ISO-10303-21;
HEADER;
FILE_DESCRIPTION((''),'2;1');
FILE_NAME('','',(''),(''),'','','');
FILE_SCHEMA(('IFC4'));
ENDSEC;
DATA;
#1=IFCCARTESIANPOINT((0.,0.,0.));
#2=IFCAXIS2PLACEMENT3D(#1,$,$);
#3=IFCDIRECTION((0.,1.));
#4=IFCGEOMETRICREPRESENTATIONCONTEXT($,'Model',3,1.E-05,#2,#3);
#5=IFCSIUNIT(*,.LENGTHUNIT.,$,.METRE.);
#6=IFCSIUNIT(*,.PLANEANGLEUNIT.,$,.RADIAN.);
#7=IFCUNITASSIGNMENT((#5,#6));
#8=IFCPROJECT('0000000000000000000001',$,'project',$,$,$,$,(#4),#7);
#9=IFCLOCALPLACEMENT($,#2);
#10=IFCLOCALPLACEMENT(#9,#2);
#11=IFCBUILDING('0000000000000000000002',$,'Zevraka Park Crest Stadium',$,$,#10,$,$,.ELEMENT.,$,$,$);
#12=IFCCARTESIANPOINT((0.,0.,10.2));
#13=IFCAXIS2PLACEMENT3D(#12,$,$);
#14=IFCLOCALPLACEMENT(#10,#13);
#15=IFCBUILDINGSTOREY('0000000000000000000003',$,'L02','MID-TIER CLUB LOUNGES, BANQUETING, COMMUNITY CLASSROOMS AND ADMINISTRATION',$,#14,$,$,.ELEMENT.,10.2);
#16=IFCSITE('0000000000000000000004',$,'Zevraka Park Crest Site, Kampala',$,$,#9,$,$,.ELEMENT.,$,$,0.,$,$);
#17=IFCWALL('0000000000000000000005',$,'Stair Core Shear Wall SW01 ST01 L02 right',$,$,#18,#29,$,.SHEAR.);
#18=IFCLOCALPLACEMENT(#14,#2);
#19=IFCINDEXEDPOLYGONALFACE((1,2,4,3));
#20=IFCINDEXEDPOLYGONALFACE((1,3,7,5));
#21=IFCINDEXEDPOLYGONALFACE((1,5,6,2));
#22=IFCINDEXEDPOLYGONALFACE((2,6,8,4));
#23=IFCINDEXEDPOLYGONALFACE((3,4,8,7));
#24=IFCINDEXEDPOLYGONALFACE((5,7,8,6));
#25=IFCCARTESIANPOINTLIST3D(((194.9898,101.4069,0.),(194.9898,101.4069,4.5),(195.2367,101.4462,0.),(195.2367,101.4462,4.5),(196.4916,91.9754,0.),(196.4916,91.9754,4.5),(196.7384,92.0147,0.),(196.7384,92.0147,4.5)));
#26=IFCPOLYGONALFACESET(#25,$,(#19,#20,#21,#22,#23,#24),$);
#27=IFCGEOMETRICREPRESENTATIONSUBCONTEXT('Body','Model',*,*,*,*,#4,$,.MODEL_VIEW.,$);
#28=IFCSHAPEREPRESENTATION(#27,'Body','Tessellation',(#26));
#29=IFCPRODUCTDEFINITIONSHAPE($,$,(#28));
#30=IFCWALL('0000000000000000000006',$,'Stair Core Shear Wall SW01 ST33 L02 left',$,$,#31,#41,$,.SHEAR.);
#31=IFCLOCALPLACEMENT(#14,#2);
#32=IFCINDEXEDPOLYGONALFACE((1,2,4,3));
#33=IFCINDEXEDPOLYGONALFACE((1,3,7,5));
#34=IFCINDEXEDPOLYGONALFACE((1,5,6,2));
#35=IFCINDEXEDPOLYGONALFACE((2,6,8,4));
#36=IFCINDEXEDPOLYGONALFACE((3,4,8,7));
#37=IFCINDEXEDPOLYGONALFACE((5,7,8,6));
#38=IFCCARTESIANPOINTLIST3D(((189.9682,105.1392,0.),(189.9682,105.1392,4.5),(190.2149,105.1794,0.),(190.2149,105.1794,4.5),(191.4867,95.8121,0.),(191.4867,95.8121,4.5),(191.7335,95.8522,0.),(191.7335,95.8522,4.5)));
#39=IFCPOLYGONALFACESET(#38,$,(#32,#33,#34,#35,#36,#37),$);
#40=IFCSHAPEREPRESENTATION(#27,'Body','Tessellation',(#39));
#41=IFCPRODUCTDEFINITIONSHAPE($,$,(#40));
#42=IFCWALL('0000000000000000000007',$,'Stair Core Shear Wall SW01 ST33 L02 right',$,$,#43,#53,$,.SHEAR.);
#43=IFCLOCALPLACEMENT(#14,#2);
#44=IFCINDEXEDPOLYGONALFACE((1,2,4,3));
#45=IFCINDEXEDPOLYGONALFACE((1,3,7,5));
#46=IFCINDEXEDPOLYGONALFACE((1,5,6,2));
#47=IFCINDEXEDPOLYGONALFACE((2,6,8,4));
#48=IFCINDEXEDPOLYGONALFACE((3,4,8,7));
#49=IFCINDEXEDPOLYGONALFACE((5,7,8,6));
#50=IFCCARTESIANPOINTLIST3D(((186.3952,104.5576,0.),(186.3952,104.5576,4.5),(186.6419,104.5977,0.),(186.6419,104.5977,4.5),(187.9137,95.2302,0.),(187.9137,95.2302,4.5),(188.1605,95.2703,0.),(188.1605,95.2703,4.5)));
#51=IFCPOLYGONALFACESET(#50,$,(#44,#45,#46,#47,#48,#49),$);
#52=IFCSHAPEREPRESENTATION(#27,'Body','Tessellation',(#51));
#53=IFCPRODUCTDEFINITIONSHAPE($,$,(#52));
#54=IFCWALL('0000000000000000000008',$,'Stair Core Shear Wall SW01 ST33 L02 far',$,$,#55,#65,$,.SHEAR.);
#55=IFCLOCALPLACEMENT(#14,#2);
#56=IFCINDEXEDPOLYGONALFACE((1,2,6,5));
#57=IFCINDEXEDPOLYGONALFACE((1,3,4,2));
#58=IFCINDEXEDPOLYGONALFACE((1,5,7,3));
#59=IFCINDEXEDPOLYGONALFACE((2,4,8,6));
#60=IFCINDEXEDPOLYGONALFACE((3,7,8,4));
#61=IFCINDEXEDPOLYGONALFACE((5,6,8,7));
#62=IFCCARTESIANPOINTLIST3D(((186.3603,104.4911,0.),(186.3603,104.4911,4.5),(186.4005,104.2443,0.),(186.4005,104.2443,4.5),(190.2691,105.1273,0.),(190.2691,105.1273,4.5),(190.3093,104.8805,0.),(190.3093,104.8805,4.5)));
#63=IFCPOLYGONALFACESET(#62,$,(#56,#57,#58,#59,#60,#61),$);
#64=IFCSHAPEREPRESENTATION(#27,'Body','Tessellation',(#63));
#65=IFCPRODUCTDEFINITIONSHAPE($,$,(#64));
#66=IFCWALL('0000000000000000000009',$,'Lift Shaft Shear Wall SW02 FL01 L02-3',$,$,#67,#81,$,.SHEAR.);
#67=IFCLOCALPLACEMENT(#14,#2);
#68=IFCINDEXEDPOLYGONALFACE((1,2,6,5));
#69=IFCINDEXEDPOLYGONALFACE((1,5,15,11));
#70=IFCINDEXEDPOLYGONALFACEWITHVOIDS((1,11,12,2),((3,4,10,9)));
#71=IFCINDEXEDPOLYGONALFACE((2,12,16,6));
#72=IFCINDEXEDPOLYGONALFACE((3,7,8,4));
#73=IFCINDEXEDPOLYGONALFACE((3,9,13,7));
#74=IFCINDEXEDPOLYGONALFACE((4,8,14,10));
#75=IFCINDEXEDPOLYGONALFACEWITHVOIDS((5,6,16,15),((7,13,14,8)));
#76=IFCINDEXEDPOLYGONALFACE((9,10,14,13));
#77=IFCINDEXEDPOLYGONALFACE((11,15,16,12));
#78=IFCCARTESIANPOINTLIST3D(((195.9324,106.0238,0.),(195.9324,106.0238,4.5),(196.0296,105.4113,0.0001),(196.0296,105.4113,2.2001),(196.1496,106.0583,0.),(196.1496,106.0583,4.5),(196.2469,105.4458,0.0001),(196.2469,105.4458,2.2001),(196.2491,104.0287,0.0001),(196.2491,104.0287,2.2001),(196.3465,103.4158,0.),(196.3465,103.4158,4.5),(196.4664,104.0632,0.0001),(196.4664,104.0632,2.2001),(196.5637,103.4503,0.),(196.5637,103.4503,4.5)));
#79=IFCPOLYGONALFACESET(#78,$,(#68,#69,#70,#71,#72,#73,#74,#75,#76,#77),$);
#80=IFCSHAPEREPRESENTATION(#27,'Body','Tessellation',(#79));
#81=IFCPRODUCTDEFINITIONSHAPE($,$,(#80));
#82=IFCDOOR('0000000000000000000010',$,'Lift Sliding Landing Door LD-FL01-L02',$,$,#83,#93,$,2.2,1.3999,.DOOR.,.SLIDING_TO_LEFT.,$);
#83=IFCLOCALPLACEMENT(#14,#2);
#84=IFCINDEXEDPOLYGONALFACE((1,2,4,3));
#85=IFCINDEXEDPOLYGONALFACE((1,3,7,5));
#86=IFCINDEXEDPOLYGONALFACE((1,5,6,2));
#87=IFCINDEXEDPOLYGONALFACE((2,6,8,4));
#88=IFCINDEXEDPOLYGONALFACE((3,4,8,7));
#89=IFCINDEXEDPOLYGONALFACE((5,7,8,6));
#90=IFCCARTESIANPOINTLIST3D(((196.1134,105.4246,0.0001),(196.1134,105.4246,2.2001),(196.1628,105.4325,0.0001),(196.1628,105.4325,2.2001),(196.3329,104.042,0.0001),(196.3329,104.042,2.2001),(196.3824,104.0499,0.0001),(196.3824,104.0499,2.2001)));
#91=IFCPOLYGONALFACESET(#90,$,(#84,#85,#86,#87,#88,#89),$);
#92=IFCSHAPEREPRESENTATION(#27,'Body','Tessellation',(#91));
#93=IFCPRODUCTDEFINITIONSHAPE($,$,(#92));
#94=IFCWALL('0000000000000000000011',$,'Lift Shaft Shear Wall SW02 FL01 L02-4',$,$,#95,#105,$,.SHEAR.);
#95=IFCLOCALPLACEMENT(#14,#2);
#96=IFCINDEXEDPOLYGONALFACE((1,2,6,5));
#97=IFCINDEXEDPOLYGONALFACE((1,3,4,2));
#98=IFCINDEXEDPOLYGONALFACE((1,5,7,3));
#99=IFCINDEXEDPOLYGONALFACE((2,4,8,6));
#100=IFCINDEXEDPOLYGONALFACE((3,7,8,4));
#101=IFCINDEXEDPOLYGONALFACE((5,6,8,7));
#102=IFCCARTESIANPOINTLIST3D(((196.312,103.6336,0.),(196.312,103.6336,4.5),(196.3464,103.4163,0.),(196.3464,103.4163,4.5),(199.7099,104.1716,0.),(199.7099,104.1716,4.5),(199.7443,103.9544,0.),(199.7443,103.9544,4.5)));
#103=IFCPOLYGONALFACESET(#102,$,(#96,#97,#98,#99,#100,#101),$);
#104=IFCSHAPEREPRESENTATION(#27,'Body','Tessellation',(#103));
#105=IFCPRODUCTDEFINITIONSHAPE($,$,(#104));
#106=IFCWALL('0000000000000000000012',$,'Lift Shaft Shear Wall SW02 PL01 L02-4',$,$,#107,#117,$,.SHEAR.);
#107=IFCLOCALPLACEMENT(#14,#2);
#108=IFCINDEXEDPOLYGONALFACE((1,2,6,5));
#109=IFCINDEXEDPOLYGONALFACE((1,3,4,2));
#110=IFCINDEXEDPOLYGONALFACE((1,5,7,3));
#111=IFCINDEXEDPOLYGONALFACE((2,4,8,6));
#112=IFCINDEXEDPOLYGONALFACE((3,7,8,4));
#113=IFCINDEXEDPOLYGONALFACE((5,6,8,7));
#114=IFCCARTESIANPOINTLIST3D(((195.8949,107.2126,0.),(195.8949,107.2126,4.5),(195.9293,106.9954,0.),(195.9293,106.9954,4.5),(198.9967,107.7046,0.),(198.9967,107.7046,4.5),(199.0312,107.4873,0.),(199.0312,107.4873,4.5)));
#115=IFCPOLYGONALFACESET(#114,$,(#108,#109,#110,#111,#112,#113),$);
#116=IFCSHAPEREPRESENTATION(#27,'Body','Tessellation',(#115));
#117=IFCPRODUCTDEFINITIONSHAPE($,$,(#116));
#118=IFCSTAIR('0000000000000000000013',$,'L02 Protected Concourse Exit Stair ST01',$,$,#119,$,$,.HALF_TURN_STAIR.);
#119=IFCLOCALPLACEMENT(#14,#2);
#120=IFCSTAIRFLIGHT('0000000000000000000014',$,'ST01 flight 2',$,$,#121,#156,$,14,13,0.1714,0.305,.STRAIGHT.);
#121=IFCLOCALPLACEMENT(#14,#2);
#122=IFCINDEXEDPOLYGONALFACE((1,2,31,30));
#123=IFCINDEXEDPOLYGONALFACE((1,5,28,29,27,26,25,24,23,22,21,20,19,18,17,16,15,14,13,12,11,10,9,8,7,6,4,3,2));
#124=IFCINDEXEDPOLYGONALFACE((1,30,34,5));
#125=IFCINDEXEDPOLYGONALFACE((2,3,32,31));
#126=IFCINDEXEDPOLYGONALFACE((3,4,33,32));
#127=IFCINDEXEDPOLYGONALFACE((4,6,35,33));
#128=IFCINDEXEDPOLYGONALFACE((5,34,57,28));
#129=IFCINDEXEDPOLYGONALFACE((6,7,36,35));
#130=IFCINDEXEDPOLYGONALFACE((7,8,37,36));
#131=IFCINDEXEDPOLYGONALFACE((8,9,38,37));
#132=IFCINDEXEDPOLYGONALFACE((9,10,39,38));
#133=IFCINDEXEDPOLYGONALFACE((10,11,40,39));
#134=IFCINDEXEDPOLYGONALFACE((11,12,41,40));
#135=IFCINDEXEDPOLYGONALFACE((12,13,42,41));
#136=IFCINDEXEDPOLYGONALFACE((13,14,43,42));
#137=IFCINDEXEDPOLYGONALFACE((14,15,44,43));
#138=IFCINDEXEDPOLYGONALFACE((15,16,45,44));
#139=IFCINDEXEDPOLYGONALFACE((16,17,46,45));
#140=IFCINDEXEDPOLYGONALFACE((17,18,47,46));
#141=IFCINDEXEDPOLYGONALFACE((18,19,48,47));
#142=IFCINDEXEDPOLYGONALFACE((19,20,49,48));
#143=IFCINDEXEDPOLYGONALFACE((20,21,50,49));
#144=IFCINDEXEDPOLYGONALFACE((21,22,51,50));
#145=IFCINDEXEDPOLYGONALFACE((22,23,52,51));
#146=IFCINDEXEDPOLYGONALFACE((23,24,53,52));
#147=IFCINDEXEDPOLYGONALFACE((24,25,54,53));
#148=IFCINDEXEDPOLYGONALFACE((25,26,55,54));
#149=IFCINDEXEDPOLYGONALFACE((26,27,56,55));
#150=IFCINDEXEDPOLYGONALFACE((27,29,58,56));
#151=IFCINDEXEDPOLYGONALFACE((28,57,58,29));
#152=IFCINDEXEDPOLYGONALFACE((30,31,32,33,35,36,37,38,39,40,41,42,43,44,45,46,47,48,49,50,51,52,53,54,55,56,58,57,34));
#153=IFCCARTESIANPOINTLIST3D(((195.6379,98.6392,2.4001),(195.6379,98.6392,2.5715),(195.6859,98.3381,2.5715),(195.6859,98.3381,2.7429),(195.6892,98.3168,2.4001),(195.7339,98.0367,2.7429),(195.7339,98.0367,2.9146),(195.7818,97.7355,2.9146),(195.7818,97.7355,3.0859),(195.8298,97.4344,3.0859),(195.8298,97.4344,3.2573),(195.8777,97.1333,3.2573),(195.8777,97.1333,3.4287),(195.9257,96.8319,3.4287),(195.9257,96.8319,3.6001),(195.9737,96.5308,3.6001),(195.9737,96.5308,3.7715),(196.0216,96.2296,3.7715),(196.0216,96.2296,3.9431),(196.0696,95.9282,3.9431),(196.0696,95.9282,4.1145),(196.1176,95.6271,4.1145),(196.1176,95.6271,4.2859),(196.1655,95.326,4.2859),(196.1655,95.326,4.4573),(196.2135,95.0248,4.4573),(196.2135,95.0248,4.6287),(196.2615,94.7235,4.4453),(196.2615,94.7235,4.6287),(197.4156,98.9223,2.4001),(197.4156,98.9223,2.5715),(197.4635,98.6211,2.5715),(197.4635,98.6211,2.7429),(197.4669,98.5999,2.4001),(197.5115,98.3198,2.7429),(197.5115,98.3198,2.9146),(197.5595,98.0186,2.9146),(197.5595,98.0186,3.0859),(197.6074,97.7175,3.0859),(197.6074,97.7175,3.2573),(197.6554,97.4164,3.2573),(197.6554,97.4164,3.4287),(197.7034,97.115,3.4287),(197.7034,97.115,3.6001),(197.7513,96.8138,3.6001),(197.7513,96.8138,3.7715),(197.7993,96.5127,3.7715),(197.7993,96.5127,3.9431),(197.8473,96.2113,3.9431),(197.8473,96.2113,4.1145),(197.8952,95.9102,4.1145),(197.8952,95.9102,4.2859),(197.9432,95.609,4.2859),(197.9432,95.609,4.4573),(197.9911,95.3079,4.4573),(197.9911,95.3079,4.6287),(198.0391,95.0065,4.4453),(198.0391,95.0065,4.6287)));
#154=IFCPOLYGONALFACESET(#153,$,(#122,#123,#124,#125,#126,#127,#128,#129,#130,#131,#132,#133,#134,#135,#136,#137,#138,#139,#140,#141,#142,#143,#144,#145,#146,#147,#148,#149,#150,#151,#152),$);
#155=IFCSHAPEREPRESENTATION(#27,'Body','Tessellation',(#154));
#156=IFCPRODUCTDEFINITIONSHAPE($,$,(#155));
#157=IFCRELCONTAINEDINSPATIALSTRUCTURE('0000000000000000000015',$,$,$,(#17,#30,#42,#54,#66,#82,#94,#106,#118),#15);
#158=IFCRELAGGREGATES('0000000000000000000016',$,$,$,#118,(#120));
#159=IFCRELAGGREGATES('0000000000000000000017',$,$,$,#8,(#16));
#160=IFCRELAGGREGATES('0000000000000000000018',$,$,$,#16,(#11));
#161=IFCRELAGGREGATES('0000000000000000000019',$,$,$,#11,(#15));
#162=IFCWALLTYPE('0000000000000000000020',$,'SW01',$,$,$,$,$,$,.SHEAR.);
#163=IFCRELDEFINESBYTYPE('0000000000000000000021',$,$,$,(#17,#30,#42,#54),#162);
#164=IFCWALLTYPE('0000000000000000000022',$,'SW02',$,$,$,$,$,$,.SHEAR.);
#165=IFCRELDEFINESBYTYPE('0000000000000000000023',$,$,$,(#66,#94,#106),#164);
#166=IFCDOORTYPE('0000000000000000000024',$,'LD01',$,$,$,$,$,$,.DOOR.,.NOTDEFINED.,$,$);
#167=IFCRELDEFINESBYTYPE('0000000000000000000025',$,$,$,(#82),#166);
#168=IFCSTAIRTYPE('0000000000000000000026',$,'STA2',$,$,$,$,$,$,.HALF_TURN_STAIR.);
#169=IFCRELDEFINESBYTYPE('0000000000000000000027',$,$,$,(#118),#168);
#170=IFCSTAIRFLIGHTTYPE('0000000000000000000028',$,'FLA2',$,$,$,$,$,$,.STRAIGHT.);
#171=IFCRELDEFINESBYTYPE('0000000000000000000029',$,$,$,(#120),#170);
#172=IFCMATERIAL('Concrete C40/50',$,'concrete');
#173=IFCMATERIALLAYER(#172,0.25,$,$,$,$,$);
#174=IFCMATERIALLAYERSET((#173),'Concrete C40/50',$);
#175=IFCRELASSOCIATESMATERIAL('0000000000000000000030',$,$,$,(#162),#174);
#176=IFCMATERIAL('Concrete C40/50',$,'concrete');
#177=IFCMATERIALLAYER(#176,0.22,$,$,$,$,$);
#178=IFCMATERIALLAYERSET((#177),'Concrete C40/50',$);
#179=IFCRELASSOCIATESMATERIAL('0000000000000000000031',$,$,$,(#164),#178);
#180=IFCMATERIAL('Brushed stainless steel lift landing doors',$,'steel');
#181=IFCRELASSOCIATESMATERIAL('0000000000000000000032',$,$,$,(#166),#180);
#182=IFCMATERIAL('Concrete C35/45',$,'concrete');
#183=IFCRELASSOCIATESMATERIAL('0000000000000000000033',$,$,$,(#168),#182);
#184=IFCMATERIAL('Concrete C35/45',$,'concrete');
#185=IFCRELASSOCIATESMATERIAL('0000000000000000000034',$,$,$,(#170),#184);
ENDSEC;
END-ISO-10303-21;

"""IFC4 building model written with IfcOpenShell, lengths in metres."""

from ifc_helpers import new_model, si_unit, direction, frame, frame_2d, origin, place, context, subcontext, project, spatial, polyline, rectangle, outline, extrude, material, layer, layer_set, type_object, element, fill, aggregate, save


model = new_model("IFC4")

# Units and contexts
model_context = context("Model", 3, precision=1e-05, world=origin(), true_north=direction((0.0, 1.0)))
body_context = subcontext(model_context, "Body", "Model", "MODEL_VIEW")
ifc_project = project(units=[si_unit("LENGTHUNIT", "METRE"), si_unit("PLANEANGLEUNIT", "RADIAN")], contexts=[model_context])

# Site, building, storey
site_placement = place(None, origin())
site = spatial("IfcSite", under=ifc_project, at=site_placement, Name="Zevraka Park Crest Site, Kampala", CompositionType="ELEMENT", RefElevation=0.0)
building_placement = place(site_placement, origin())
building = spatial("IfcBuilding", under=site, at=building_placement, Name="Zevraka Park Crest Stadium", CompositionType="ELEMENT")
storey_placement = place(building_placement, frame((0.0, 0.0, 10.2)))
storey = spatial("IfcBuildingStorey", under=building, at=storey_placement, Name="L02", Description="MID-TIER CLUB LOUNGES, BANQUETING, COMMUNITY CLASSROOMS AND ADMINISTRATION", CompositionType="ELEMENT", Elevation=10.2)

# Walls
ifc_material_1 = material(Name="Concrete C40/50", Category="concrete")
ifc_layer_1 = layer(ifc_material_1, 0.25)
ifc_layer_set_1 = layer_set([ifc_layer_1], Name="Concrete C40/50")
wall_type_1 = type_object("IfcWallType", Name="SW01", PredefinedType="SHEAR", material=ifc_layer_set_1)
wall_1_placement = place(storey_placement, frame((195.1133, 101.4265, 0.0), z_axis=(0.0, 0.0, 1.0), x_axis=(0.157244, -0.98756, 0.0)))
element("IfcWall", 1, at=wall_1_placement, inside=storey, type_object=wall_type_1, Name="Stair Core Shear Wall SW01 ST01 L02 right", PredefinedType="SHEAR", context=body_context, shape_type="SweptSolid", body=[
    extrude(rectangle(XDim=9.5503, YDim=0.25, at=frame_2d((4.7751, 0.0))), origin(), (0.0, 0.0, 1.0), 4.5),
])
wall_2_placement = place(storey_placement, frame((191.6101, 95.832, 0.0), z_axis=(0.0, 0.0, 1.0), x_axis=(-0.160694, 0.987004, 0.0)))
element("IfcWall", 2, at=wall_2_placement, inside=storey, type_object=wall_type_1, Name="Stair Core Shear Wall SW01 ST33 L02 left", PredefinedType="SHEAR", context=body_context, shape_type="SweptSolid", body=[
    extrude(rectangle(XDim=9.45, YDim=0.25, at=frame_2d((4.7251, 0.0))), origin(), (0.0, 0.0, 1.0), 4.5),
])
wall_3_placement = place(storey_placement, frame((186.5186, 104.5776, 0.0), z_axis=(0.0, 0.0, 1.0), x_axis=(0.16069, -0.987005, 0.0)))
element("IfcWall", 3, at=wall_3_placement, inside=storey, type_object=wall_type_1, Name="Stair Core Shear Wall SW01 ST33 L02 right", PredefinedType="SHEAR", context=body_context, shape_type="SweptSolid", body=[
    extrude(rectangle(XDim=9.4502, YDim=0.25, at=frame_2d((4.7251, 0.0))), origin(), (0.0, 0.0, 1.0), 4.5),
])
wall_4_placement = place(storey_placement, frame((190.2891, 105.0039, 0.0), z_axis=(0.0, 0.0, 1.0), x_axis=(-0.98701, -0.160659, 0.0)))
element("IfcWall", 4, at=wall_4_placement, inside=storey, type_object=wall_type_1, Name="Stair Core Shear Wall SW01 ST33 L02 far", PredefinedType="SHEAR", context=body_context, shape_type="SweptSolid", body=[
    extrude(rectangle(XDim=3.9602, YDim=0.25, at=frame_2d((1.98, 0.0))), origin(), (0.0, 0.0, 1.0), 4.5),
])

# Wall, opening, door
ifc_material_2 = material(Name="Concrete C40/50", Category="concrete")
ifc_layer_2 = layer(ifc_material_2, 0.22)
ifc_layer_set_2 = layer_set([ifc_layer_2], Name="Concrete C40/50")
wall_type_2 = type_object("IfcWallType", Name="SW02", PredefinedType="SHEAR", material=ifc_layer_set_2)
wall_5_placement = place(storey_placement, frame((196.041, 106.041, 0.0), z_axis=(0.0, 0.0, 1.0), x_axis=(0.156808, -0.987629, 0.0)))
wall_5 = element("IfcWall", 5, at=wall_5_placement, inside=storey, type_object=wall_type_2, Name="Lift Shaft Shear Wall SW02 FL01 L02-3", PredefinedType="SHEAR", context=body_context, shape_type="SweptSolid", body=[
    extrude(rectangle(XDim=2.6406, YDim=0.22, at=frame_2d((1.3203, 0.0))), origin(), (0.0, 0.0, 1.0), 4.5),
])
opening_1_placement = place(wall_5_placement, frame((0.6201, 0.0, 0.0)))
opening_1 = element("IfcOpeningElement", 6, at=opening_1_placement, cuts=wall_5, PredefinedType="OPENING", context=body_context, shape_type="SweptSolid", body=[
    extrude(rectangle(XDim=1.3999, YDim=2.2, at=frame_2d((0.7, 1.1001))), frame((0.0, 0.1199, 0.0), z_axis=(0.0, -1.0, 0.0), x_axis=(1.0, 0.0, 0.0)), (0.0, 0.0, 1.0), 0.24),
])
ifc_material_3 = material(Name="Brushed stainless steel lift landing doors", Category="steel")
door_type_1 = type_object("IfcDoorType", Name="LD01", OperationType="NOTDEFINED", PredefinedType="DOOR", material=ifc_material_3)
door_1_placement = place(opening_1_placement, origin())
door_1 = element("IfcDoor", 7, at=door_1_placement, inside=storey, type_object=door_type_1, Name="Lift Sliding Landing Door LD-FL01-L02", OperationType="SLIDING_TO_LEFT", OverallHeight=2.2, OverallWidth=1.3999, PredefinedType="DOOR", context=body_context, shape_type="SweptSolid", body=[
    extrude(rectangle(XDim=1.3999, YDim=2.2, at=frame_2d((0.7, 1.1001))), frame((0.0, 0.0249, 0.0), z_axis=(0.0, -1.0, 0.0), x_axis=(1.0, 0.0, 0.0)), (0.0, 0.0, 1.0), 0.05),
])
fill(opening_1, door_1)

# Walls
wall_6_placement = place(storey_placement, frame((196.3291, 103.5249, 0.0), z_axis=(0.0, 0.0, 1.0), x_axis=(0.987693, 0.156407, 0.0)))
element("IfcWall", 8, at=wall_6_placement, inside=storey, type_object=wall_type_2, Name="Lift Shaft Shear Wall SW02 FL01 L02-4", PredefinedType="SHEAR", context=body_context, shape_type="SweptSolid", body=[
    extrude(rectangle(XDim=3.4402, YDim=0.22, at=frame_2d((1.7202, 0.0))), origin(), (0.0, 0.0, 1.0), 4.5),
])
wall_7_placement = place(storey_placement, frame((195.9121, 107.104, 0.0), z_axis=(0.0, 0.0, 1.0), x_axis=(0.987656, 0.156641, 0.0)))
element("IfcWall", 9, at=wall_7_placement, inside=storey, type_object=wall_type_2, Name="Lift Shaft Shear Wall SW02 PL01 L02-4", PredefinedType="SHEAR", context=body_context, shape_type="SweptSolid", body=[
    extrude(rectangle(XDim=3.1406, YDim=0.22, at=frame_2d((1.5703, 0.0))), origin(), (0.0, 0.0, 1.0), 4.5),
])

# Stair, stair flight
ifc_material_4 = material(Name="Concrete C35/45", Category="concrete")
stair_type = type_object("IfcStairType", Name="STA2", PredefinedType="HALF_TURN_STAIR", material=ifc_material_4)
stair_placement = place(storey_placement, origin())
stair = element("IfcStair", 10, at=stair_placement, inside=storey, type_object=stair_type, Name="L02 Protected Concourse Exit Stair ST01", PredefinedType="HALF_TURN_STAIR")
ifc_material_5 = material(Name="Concrete C35/45", Category="concrete")
stair_flight_type = type_object("IfcStairFlightType", Name="FLA2", PredefinedType="STRAIGHT", material=ifc_material_5)
stair_flight_placement = place(storey_placement, frame((196.5269, 98.7808, 2.4001), z_axis=(0.0, 0.0, 1.0), x_axis=(0.157262, -0.987557, 0.0)))
stair_flight = element("IfcStairFlight", 11, at=stair_flight_placement, type_object=stair_flight_type, Name="ST01 flight 2", NumberOfRisers=14, NumberOfTreads=13, PredefinedType="STRAIGHT", RiserHeight=0.1714, TreadLength=0.305, context=body_context, shape_type="SweptSolid", body=[
    extrude(outline(polyline([(0.0, 0.0), (0.0, 0.1714), (0.3049, 0.1714), (0.3049, 0.3428), (0.6101, 0.3428), (0.6101, 0.5144), (0.915, 0.5144), (0.915, 0.6858), (1.22, 0.6858), (1.22, 0.8572), (1.5249, 0.8572), (1.5249, 1.0286), (1.8301, 1.0286), (1.8301, 1.2), (2.135, 1.2), (2.135, 1.3713), (2.4399, 1.3713), (2.4399, 1.543), (2.7451, 1.543), (2.7451, 1.7144), (3.05, 1.7144), (3.05, 1.8857), (3.355, 1.8857), (3.355, 2.0571), (3.6599, 2.0571), (3.6599, 2.2285), (3.9651, 2.2285), (3.9651, 2.3999), (3.9651, 2.0452), (0.3264, 0.0), (0.0, 0.0)])), frame((0.0, 0.8999, 0.0), z_axis=(0.0, -1.0, 0.0), x_axis=(1.0, 0.0, 0.0)), (0.0, 0.0, 1.0), 1.8),
])
aggregate(stair, [stair_flight])

save(model, "model.ifc")
